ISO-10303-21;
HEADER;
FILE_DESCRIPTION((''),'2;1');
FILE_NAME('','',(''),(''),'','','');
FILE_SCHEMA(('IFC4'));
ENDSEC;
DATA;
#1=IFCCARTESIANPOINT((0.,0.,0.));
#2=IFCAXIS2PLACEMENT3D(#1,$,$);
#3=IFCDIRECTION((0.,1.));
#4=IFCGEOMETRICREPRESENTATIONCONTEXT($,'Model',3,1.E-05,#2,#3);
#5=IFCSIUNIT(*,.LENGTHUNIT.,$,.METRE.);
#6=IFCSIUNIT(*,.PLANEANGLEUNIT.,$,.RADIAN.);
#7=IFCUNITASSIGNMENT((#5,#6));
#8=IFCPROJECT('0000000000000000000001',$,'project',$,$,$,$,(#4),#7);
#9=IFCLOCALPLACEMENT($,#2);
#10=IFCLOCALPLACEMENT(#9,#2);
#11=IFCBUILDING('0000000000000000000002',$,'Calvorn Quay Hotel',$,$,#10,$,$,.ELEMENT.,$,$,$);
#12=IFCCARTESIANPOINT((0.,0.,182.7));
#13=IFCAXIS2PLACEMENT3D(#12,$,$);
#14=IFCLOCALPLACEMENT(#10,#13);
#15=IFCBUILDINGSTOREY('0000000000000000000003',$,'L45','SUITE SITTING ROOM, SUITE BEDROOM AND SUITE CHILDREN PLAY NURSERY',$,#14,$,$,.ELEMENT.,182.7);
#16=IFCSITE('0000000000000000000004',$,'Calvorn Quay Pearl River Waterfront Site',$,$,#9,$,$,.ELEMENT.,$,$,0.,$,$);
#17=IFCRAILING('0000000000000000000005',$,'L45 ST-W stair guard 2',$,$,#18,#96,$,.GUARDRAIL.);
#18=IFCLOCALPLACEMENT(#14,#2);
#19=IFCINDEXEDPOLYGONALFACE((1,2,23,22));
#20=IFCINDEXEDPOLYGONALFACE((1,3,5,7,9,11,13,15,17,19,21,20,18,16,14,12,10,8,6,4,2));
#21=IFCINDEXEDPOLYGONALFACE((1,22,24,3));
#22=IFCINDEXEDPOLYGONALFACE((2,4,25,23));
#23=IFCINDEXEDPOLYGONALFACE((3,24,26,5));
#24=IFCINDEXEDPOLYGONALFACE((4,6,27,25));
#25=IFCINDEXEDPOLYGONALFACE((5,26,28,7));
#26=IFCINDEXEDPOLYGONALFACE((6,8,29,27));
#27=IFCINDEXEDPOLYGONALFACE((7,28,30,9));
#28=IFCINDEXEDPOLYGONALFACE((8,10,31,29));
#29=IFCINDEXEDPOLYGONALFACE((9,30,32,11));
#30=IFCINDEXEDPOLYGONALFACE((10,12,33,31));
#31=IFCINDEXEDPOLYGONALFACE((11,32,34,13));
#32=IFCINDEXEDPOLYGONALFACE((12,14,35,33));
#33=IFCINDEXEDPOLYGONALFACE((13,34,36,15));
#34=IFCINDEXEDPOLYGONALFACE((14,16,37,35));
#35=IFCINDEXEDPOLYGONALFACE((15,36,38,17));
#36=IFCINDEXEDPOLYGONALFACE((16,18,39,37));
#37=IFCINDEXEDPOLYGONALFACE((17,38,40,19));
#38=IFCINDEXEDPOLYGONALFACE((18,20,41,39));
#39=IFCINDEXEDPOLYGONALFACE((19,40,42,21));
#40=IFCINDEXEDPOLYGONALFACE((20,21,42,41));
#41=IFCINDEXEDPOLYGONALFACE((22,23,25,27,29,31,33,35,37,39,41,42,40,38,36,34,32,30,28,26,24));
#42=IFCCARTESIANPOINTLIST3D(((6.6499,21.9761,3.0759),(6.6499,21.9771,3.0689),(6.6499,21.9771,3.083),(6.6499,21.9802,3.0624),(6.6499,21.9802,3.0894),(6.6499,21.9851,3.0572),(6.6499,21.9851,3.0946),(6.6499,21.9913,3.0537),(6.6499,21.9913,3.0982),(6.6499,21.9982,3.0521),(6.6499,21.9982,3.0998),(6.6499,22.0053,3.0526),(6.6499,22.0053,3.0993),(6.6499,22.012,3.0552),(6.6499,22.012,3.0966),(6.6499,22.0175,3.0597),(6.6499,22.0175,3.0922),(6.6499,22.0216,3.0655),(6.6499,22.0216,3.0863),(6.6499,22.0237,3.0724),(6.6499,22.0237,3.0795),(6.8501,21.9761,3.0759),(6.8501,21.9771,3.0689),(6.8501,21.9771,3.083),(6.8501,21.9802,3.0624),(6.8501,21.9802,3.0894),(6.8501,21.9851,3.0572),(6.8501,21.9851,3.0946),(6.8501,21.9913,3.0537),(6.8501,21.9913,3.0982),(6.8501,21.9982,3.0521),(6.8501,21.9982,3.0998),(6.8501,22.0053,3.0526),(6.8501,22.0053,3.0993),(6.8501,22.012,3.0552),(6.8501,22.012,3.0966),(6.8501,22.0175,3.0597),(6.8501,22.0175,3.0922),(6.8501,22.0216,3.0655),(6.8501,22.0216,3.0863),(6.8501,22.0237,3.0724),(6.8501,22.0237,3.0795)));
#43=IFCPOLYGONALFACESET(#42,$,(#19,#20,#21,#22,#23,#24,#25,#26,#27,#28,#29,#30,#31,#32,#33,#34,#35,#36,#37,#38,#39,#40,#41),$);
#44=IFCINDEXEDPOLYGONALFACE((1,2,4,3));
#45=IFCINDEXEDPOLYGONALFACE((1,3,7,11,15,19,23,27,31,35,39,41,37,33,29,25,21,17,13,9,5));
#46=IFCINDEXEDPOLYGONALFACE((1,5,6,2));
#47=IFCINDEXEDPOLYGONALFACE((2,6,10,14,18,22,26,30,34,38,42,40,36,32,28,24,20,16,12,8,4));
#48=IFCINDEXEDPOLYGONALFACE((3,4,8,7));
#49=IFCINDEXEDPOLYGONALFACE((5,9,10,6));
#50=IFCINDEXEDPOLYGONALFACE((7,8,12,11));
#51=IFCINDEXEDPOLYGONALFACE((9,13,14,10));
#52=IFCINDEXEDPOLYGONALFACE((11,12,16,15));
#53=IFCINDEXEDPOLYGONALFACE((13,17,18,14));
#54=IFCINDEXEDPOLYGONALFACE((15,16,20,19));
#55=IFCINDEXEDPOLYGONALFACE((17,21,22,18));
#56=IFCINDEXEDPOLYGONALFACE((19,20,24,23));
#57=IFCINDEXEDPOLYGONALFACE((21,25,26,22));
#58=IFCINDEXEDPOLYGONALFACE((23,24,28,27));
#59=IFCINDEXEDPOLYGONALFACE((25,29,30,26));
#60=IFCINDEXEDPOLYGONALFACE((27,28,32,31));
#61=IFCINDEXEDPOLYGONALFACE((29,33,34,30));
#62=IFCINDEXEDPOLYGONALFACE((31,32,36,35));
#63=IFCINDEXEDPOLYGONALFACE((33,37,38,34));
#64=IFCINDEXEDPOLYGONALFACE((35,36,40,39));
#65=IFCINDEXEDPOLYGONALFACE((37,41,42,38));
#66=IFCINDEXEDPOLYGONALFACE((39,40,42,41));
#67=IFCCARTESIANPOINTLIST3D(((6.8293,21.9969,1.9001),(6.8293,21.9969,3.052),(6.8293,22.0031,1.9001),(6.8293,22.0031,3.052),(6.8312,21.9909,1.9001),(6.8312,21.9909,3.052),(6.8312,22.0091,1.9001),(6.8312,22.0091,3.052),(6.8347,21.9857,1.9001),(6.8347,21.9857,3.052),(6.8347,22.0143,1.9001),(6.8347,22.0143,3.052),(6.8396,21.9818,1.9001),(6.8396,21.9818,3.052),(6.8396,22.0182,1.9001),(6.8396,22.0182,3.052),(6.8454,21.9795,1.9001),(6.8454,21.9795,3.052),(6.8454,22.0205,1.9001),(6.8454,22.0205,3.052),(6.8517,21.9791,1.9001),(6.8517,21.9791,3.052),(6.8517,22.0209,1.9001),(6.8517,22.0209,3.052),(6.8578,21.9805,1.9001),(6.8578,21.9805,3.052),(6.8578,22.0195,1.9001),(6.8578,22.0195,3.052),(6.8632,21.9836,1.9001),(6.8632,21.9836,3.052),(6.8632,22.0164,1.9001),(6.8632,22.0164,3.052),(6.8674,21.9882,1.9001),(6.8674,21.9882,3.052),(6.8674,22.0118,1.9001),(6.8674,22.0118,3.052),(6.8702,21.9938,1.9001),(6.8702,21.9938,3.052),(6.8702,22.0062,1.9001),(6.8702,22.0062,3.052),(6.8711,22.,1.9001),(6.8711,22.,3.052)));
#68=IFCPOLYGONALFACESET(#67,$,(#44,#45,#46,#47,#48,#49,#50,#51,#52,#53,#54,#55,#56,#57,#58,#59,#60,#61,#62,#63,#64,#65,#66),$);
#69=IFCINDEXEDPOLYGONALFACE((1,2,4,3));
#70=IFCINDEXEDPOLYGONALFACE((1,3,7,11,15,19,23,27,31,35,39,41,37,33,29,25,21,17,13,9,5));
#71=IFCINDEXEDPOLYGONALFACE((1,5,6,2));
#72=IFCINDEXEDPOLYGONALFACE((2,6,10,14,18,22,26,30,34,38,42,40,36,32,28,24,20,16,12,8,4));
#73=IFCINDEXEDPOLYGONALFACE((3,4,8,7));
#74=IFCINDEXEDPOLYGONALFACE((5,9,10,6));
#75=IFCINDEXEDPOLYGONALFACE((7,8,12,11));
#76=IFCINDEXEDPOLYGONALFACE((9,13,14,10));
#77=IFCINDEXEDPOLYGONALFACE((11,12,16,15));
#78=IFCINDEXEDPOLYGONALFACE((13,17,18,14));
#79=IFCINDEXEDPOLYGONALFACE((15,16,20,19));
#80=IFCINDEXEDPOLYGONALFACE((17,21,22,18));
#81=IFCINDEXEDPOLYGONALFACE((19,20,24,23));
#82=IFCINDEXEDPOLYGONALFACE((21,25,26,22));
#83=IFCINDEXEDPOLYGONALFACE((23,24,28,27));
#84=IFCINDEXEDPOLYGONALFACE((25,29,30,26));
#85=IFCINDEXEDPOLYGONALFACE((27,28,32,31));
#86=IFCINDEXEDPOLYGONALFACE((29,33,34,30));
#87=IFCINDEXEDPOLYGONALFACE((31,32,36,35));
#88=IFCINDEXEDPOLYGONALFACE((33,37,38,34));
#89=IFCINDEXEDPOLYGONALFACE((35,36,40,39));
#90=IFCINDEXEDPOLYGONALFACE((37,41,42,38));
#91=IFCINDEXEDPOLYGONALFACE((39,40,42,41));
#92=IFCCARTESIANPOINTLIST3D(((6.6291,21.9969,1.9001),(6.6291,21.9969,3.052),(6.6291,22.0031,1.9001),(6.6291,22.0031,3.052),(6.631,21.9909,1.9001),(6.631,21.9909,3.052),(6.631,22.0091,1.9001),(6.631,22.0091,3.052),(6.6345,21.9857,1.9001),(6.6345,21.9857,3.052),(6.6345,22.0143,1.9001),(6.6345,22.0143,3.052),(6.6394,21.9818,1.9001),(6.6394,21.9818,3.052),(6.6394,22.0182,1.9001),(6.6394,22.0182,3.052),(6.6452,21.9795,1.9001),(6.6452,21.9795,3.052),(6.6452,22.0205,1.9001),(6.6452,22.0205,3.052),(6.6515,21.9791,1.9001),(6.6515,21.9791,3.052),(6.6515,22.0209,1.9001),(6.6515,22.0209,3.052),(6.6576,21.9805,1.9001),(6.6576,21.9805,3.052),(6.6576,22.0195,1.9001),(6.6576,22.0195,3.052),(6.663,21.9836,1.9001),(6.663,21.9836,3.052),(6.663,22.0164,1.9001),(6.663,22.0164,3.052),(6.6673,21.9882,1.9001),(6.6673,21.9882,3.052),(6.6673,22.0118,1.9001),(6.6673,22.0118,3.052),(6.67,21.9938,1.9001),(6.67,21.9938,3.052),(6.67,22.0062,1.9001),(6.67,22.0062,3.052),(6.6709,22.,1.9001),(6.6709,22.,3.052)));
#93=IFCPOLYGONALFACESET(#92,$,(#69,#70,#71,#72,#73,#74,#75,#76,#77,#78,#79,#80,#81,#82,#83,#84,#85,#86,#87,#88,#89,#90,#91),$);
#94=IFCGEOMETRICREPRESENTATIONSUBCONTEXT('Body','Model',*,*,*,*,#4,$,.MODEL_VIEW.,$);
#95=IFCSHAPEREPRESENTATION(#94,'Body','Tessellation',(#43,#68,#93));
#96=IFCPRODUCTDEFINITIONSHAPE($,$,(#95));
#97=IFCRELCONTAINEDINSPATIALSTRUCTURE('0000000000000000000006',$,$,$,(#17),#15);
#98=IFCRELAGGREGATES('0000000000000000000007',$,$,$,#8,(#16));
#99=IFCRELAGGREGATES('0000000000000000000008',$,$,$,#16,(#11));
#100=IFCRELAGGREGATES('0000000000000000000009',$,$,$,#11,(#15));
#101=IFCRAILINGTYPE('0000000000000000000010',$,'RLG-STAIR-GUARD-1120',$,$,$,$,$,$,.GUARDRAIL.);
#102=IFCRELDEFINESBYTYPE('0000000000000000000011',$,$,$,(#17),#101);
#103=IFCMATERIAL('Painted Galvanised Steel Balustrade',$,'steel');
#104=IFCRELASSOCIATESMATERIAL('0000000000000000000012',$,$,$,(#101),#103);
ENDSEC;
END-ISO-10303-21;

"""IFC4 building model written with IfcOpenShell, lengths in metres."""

from ifc_helpers import new_model, si_unit, direction, frame, origin, origin_2d, place, context, subcontext, project, spatial, circle, extrude, material, type_object, element, save


model = new_model("IFC4")

# Units and contexts
model_context = context("Model", 3, precision=1e-05, world=origin(), true_north=direction((0.0, 1.0)))
body_context = subcontext(model_context, "Body", "Model", "MODEL_VIEW")
ifc_project = project(units=[si_unit("LENGTHUNIT", "METRE"), si_unit("PLANEANGLEUNIT", "RADIAN")], contexts=[model_context])

# Site, building, storey
site_placement = place(None, origin())
site = spatial("IfcSite", under=ifc_project, at=site_placement, Name="Calvorn Quay Pearl River Waterfront Site", CompositionType="ELEMENT", RefElevation=0.0)
building_placement = place(site_placement, origin())
building = spatial("IfcBuilding", under=site, at=building_placement, Name="Calvorn Quay Hotel", CompositionType="ELEMENT")
storey_placement = place(building_placement, frame((0.0, 0.0, 182.7)))
storey = spatial("IfcBuildingStorey", under=building, at=storey_placement, Name="L45", Description="SUITE SITTING ROOM, SUITE BEDROOM AND SUITE CHILDREN PLAY NURSERY", CompositionType="ELEMENT", Elevation=182.7)

# Railing
ifc_material_1 = material(Name="Painted Galvanised Steel Balustrade", Category="steel")
railing_type_1 = type_object("IfcRailingType", Name="RLG-STAIR-GUARD-1120", PredefinedType="GUARDRAIL", material=ifc_material_1)
railing_1_placement = place(storey_placement, frame((6.8501, 22.0, 1.9001)))
element("IfcRailing", 1, at=railing_1_placement, inside=storey, type_object=railing_type_1, Name="L45 ST-W stair guard 2", PredefinedType="GUARDRAIL", context=body_context, shape_type="SweptSolid", body=[
    extrude(circle(Radius=0.0239, at=origin_2d()), frame((0.0, 0.0, 1.1758), z_axis=(-1.0, 0.0, 0.0), x_axis=(0.0, -1.0, 0.0)), (0.0, 0.0, 1.0), 0.2002),
    extrude(circle(Radius=0.021, at=origin_2d()), origin(), (0.0, 0.0, 1.0), 1.1519),
    extrude(circle(Radius=0.021, at=origin_2d()), frame((-0.2002, 0.0, 0.0)), (0.0, 0.0, 1.0), 1.1519),
])

save(model, "model.ifc")
